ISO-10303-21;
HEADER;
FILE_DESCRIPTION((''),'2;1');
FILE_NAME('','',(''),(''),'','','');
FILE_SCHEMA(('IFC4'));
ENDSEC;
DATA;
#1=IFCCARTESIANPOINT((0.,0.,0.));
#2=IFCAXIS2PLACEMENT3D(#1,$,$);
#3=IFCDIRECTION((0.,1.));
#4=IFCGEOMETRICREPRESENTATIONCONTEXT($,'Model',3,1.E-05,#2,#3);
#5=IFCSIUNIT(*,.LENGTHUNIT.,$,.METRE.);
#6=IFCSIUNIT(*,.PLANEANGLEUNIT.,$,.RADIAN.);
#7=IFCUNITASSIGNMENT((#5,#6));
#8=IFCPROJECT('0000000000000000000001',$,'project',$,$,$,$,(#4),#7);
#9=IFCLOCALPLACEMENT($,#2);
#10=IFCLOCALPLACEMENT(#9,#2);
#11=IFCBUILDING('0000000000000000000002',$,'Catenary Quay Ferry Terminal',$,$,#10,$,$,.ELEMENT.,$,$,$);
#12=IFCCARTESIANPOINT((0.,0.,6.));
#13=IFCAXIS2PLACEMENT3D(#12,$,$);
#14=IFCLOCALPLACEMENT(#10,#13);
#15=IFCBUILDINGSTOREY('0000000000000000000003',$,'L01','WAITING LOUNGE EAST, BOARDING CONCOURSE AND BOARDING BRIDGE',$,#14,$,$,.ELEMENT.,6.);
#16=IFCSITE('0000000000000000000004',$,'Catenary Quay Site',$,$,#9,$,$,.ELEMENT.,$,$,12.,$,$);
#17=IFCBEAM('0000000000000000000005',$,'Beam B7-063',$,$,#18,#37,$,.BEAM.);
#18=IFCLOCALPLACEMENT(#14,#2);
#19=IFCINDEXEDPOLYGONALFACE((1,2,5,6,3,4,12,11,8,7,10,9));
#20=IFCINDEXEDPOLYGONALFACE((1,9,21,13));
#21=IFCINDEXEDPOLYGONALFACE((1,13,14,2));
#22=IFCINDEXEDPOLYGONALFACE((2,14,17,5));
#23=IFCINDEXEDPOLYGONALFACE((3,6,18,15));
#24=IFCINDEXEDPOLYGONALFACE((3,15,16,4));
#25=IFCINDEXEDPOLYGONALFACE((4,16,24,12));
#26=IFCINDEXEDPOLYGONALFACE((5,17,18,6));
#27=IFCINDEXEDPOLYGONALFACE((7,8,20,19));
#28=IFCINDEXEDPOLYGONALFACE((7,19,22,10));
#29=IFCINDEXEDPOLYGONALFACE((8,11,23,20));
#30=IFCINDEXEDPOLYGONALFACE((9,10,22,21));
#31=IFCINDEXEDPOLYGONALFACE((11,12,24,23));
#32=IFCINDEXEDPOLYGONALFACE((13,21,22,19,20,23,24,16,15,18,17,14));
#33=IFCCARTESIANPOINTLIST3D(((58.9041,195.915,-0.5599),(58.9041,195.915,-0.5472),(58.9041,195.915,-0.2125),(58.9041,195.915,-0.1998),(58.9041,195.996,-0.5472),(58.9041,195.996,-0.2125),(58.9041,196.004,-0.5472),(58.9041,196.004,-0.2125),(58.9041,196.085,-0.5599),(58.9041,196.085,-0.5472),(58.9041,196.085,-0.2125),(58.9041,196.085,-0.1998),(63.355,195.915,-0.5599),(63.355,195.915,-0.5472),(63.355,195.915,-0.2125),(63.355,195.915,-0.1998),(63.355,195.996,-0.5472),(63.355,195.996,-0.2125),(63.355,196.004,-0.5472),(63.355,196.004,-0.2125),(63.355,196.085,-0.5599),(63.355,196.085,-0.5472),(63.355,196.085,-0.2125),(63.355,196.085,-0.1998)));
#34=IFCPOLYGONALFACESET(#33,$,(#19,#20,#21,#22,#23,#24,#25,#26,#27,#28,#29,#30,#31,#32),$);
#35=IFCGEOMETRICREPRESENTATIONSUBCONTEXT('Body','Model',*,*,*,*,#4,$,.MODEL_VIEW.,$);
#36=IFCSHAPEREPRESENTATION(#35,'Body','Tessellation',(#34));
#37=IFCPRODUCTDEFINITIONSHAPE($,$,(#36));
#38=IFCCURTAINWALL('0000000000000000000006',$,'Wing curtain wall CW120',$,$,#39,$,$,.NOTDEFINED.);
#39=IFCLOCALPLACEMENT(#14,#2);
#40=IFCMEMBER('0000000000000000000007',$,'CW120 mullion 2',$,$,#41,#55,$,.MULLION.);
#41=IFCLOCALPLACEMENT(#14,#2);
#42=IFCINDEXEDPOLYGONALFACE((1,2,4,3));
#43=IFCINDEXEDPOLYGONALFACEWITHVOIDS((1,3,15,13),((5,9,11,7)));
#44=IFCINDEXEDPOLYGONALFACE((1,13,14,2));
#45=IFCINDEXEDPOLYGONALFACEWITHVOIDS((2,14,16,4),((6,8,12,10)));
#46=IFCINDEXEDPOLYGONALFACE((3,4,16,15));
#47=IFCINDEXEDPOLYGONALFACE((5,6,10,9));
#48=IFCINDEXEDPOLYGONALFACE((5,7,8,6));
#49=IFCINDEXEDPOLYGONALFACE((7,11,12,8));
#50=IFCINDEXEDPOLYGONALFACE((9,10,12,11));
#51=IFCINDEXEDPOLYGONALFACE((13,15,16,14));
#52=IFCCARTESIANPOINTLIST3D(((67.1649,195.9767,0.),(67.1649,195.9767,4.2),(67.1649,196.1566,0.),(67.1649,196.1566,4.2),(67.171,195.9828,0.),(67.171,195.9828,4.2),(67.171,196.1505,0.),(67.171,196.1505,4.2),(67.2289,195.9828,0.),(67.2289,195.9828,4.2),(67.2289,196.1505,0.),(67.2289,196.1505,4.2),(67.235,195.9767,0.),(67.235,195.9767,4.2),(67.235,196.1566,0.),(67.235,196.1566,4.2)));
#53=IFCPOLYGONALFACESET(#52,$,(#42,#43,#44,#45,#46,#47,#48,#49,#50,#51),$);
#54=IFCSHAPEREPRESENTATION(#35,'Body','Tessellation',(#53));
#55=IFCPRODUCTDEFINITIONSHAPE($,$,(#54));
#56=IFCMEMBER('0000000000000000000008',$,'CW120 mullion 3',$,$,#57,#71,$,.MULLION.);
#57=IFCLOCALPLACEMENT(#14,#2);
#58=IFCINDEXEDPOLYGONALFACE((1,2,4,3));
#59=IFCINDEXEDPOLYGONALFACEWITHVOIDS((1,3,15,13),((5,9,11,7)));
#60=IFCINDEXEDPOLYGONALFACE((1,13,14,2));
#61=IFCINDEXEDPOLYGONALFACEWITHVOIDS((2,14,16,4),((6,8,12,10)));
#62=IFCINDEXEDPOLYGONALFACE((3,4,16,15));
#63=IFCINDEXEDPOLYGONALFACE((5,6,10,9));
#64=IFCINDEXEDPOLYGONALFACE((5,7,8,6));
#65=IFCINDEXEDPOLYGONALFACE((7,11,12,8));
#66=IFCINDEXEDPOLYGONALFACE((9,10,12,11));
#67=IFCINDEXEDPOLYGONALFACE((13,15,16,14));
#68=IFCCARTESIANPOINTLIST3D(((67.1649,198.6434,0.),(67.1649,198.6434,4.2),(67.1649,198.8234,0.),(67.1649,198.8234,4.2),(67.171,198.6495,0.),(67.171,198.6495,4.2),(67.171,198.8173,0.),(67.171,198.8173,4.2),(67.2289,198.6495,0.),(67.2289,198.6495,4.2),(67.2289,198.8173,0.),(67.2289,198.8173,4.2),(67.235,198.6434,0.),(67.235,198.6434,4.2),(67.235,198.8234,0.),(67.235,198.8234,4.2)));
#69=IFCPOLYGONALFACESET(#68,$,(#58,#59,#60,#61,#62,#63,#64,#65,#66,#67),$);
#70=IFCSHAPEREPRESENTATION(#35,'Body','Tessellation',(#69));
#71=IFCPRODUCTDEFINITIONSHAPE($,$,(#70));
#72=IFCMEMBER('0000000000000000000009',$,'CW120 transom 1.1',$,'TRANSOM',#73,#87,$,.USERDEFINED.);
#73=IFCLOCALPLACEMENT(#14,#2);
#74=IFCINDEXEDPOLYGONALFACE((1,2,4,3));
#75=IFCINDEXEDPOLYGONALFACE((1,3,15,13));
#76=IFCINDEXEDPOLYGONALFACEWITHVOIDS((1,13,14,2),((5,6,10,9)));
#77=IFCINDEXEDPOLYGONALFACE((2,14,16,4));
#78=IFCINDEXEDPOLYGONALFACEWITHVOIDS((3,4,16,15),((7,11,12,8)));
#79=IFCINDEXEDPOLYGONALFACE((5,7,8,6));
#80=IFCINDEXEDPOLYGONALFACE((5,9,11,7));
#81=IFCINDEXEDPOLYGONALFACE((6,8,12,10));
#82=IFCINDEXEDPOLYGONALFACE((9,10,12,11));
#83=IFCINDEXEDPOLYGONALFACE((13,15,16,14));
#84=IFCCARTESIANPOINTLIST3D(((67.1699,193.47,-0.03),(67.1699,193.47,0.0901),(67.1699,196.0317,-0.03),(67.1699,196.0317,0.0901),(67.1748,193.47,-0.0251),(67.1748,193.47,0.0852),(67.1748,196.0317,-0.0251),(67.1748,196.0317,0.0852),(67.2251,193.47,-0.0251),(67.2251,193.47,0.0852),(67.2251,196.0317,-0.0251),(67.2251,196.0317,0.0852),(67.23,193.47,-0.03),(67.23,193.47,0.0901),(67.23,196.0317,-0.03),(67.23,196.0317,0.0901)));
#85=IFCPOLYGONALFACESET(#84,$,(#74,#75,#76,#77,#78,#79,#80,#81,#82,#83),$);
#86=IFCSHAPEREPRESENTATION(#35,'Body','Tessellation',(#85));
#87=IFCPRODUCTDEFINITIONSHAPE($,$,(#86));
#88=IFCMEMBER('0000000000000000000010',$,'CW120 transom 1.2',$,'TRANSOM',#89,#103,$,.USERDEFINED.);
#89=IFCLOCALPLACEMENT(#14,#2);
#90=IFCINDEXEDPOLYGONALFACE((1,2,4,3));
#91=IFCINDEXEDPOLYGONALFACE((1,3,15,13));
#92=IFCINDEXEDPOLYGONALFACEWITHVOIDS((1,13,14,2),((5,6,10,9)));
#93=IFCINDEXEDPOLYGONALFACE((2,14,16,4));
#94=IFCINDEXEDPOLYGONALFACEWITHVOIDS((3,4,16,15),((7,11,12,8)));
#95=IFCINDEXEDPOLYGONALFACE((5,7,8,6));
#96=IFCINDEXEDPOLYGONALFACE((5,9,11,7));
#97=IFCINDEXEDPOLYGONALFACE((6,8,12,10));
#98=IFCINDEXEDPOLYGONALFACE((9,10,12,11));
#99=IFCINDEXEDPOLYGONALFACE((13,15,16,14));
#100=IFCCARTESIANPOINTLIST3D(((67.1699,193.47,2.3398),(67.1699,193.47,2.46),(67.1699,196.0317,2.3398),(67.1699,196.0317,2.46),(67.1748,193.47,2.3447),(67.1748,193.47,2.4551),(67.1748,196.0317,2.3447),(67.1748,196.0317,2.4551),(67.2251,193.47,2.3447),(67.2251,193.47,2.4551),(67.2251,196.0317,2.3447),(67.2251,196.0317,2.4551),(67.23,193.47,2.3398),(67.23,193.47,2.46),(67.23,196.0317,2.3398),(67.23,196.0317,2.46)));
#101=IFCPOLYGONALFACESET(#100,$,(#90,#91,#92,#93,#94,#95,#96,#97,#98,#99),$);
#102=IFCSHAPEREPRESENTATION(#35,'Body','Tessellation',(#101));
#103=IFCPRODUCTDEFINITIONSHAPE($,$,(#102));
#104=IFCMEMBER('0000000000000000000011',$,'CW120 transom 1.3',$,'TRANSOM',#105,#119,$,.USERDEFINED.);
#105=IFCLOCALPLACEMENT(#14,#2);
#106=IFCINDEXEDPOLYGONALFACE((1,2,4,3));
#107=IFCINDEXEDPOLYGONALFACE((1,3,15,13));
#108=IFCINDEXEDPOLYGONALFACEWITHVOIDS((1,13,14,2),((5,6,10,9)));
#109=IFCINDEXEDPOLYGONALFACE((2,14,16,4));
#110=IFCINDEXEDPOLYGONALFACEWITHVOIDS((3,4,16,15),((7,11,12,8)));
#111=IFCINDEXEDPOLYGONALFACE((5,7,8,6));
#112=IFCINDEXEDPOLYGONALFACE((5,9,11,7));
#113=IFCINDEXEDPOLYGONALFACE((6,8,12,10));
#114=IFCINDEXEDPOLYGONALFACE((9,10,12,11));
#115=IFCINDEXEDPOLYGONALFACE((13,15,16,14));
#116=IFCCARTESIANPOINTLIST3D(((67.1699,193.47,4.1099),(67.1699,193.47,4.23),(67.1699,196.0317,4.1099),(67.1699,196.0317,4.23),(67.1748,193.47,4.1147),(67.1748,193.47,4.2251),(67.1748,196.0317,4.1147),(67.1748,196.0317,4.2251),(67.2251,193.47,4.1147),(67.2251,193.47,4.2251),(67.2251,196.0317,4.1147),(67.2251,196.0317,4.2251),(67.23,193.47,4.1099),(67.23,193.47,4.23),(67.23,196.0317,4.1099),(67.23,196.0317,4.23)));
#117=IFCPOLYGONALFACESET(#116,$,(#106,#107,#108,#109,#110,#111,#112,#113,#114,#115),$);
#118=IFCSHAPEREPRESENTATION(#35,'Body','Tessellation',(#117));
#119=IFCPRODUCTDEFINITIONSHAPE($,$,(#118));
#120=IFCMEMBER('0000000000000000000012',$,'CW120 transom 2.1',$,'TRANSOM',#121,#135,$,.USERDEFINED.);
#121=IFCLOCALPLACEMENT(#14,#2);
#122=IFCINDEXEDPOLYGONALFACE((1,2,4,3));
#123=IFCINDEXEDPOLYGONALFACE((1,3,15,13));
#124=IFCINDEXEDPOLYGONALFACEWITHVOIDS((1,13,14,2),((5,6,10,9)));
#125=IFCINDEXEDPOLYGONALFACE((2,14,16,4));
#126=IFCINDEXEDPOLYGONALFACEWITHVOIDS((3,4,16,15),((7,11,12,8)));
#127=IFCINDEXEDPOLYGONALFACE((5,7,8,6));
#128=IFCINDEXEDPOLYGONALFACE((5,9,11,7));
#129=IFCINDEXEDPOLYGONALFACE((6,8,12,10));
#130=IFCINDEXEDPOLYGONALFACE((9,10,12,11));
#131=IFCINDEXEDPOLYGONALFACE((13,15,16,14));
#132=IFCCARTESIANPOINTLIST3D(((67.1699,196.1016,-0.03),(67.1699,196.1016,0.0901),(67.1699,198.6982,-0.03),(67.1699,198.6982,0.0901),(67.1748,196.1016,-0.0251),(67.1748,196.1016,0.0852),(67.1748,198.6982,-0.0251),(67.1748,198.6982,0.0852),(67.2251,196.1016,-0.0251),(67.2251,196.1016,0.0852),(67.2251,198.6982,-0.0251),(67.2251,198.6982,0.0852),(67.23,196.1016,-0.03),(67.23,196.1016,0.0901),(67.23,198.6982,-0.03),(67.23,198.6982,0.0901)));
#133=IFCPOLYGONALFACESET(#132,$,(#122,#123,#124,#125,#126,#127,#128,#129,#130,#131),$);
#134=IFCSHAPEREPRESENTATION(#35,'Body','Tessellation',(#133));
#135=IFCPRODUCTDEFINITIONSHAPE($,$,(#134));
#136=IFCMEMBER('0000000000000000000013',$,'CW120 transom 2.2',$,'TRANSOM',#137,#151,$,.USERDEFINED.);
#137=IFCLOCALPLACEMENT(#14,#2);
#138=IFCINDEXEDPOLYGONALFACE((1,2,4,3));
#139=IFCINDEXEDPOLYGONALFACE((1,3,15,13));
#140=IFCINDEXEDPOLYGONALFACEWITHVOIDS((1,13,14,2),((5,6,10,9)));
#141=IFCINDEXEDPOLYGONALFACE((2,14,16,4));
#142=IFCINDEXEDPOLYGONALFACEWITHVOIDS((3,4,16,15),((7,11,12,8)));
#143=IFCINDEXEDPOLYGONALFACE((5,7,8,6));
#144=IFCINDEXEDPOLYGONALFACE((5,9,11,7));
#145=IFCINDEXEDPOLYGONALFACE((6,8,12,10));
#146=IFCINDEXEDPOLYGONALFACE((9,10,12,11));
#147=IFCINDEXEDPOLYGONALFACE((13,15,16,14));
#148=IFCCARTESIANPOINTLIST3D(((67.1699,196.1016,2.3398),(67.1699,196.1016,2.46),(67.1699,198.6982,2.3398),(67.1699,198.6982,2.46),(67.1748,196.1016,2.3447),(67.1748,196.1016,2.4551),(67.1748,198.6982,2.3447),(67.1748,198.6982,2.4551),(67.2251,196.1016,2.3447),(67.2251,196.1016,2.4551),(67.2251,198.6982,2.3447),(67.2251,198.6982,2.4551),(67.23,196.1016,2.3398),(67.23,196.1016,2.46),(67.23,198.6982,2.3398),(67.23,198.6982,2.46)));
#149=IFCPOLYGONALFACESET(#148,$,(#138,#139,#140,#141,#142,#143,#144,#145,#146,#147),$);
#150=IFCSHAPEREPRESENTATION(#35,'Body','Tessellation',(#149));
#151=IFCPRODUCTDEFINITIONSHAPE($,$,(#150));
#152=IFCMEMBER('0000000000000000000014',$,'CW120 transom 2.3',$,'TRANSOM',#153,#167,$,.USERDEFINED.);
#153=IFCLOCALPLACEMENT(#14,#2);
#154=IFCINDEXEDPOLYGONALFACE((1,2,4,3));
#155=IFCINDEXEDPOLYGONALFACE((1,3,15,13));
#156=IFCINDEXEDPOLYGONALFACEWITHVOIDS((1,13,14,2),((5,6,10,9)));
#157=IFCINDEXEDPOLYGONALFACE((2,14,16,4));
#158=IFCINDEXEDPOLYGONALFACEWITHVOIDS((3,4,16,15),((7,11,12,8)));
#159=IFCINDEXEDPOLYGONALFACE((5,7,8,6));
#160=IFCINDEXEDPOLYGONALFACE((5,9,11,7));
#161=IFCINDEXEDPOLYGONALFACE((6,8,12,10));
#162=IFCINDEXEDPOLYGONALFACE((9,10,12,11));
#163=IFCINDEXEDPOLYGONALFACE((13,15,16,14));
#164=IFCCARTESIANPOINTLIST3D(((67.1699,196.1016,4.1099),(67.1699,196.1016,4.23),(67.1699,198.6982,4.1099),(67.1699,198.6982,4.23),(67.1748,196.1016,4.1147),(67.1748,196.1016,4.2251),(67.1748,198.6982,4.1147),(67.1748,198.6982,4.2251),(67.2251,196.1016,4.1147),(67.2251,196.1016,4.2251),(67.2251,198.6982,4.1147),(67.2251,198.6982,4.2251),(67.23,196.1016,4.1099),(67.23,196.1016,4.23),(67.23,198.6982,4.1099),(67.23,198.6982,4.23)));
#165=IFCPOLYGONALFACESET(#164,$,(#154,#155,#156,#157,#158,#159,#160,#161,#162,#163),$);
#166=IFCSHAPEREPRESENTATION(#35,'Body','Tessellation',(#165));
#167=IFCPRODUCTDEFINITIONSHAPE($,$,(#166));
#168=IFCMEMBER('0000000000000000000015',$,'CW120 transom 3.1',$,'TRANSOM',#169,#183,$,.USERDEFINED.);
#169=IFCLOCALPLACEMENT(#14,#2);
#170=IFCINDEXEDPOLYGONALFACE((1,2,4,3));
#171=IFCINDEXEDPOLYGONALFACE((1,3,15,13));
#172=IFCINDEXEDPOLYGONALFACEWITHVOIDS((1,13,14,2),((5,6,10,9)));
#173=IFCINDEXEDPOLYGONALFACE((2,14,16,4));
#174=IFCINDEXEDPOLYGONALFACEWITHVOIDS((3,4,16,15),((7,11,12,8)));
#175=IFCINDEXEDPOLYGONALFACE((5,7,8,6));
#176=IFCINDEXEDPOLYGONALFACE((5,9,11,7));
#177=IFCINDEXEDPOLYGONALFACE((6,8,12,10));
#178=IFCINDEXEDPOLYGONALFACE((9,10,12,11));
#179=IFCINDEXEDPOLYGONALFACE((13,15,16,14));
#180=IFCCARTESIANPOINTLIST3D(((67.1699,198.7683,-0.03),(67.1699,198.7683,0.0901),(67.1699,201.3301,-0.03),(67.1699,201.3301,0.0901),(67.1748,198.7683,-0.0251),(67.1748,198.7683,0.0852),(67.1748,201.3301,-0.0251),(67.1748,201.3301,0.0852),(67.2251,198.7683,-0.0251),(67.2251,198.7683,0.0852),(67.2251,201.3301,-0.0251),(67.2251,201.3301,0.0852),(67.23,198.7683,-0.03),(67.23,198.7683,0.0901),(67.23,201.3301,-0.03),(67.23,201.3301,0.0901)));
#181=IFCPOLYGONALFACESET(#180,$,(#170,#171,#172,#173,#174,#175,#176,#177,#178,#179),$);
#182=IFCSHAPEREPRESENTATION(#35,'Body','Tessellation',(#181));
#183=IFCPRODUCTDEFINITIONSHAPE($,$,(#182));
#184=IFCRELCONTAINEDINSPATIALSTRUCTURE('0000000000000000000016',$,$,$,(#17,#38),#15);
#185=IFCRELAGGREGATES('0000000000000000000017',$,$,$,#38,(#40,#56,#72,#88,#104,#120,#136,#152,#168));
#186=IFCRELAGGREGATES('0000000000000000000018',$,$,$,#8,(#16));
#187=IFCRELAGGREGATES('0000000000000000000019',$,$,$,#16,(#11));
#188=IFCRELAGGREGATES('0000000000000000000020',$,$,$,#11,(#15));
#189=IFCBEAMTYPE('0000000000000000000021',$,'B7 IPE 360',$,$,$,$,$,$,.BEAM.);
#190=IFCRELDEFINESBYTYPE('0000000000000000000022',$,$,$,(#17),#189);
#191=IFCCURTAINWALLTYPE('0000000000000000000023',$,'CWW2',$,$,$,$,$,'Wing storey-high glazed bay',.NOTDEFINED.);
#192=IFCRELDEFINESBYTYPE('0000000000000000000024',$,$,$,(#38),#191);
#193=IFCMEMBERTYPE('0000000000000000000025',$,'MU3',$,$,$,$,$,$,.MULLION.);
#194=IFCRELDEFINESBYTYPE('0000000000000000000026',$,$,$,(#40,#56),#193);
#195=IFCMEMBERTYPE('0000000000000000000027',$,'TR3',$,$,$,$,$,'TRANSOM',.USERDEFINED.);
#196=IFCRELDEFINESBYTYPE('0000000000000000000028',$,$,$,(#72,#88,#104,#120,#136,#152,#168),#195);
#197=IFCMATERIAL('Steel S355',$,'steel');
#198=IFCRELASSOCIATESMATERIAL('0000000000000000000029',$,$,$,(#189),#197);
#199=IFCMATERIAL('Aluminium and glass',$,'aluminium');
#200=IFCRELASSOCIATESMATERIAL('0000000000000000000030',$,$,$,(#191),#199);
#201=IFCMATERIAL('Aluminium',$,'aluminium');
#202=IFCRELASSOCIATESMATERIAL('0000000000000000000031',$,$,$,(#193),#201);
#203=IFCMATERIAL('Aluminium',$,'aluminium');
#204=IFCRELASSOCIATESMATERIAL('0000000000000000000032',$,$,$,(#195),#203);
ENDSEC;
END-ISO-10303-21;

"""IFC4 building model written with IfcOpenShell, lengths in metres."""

from ifc_helpers import new_model, si_unit, direction, frame, origin, origin_2d, place, context, subcontext, project, spatial, hollow_rectangle, i_section, extrude, material, material_profile, profile_set, type_object, element, aggregate, save


model = new_model("IFC4")

# Units and contexts
model_context = context("Model", 3, precision=1e-05, world=origin(), true_north=direction((0.0, 1.0)))
body_context = subcontext(model_context, "Body", "Model", "MODEL_VIEW")
ifc_project = project(units=[si_unit("LENGTHUNIT", "METRE"), si_unit("PLANEANGLEUNIT", "RADIAN")], contexts=[model_context])

# Site, building, storey
site_placement = place(None, origin())
site = spatial("IfcSite", under=ifc_project, at=site_placement, Name="Catenary Quay Site", CompositionType="ELEMENT", RefElevation=12.0)
building_placement = place(site_placement, origin())
building = spatial("IfcBuilding", under=site, at=building_placement, Name="Catenary Quay Ferry Terminal", CompositionType="ELEMENT")
storey_placement = place(building_placement, frame((0.0, 0.0, 6.0)))
storey = spatial("IfcBuildingStorey", under=building, at=storey_placement, Name="L01", Description="WAITING LOUNGE EAST, BOARDING CONCOURSE AND BOARDING BRIDGE", CompositionType="ELEMENT", Elevation=6.0)

# Beam
ifc_material_1 = material(Name="Steel S355", Category="steel")
ifc_material_profile_1 = material_profile(ifc_material_1, i_section(OverallWidth=0.1699, OverallDepth=0.3601, WebThickness=0.0081, FlangeThickness=0.0127, at=origin_2d()), Name="IPE 360")
ifc_profile_set_1 = profile_set([ifc_material_profile_1], Name="Steel S355")
beam_type = type_object("IfcBeamType", Name="B7 IPE 360", PredefinedType="BEAM", material=ifc_profile_set_1)
beam_placement = place(storey_placement, frame((58.9041, 196.0, -0.3799), z_axis=(1.0, 0.0, 0.0), x_axis=(0.0, 1.0, 0.0)))
element("IfcBeam", 1, at=beam_placement, inside=storey, type_object=beam_type, Name="Beam B7-063", PredefinedType="BEAM", context=body_context, shape_type="SweptSolid", body=[
    extrude(i_section(OverallWidth=0.1699, OverallDepth=0.3601, WebThickness=0.0081, FlangeThickness=0.0127, at=origin_2d()), origin(), (0.0, 0.0, 1.0), 4.4509),
])

# Curtain wall, members
ifc_material_2 = material(Name="Aluminium and glass", Category="aluminium")
curtain_wall_type = type_object("IfcCurtainWallType", Name="CWW2", ElementType="Wing storey-high glazed bay", PredefinedType="NOTDEFINED", material=ifc_material_2)
curtain_wall_placement = place(storey_placement, origin())
curtain_wall = element("IfcCurtainWall", 2, at=curtain_wall_placement, inside=storey, type_object=curtain_wall_type, Name="Wing curtain wall CW120", PredefinedType="NOTDEFINED")
ifc_material_3 = material(Name="Aluminium", Category="aluminium")
ifc_material_profile_2 = material_profile(ifc_material_3, hollow_rectangle(XDim=0.0701, YDim=0.1799, WallThickness=0.0061, at=origin_2d()), Name="MU3")
ifc_profile_set_2 = profile_set([ifc_material_profile_2], Name="Aluminium")
member_type_1 = type_object("IfcMemberType", Name="MU3", PredefinedType="MULLION", material=ifc_profile_set_2)
member_1_placement = place(storey_placement, frame((67.2, 196.0667, 0.0), z_axis=(0.0, 0.0, 1.0), x_axis=(-1.0, 0.0, 0.0)))
member_1 = element("IfcMember", 3, at=member_1_placement, type_object=member_type_1, Name="CW120 mullion 2", PredefinedType="MULLION", context=body_context, shape_type="SweptSolid", body=[
    extrude(hollow_rectangle(XDim=0.0701, YDim=0.1799, WallThickness=0.0061, at=origin_2d()), origin(), (0.0, 0.0, 1.0), 4.2),
])
member_2_placement = place(storey_placement, frame((67.2, 198.7334, 0.0), z_axis=(0.0, 0.0, 1.0), x_axis=(-1.0, 0.0, 0.0)))
member_2 = element("IfcMember", 4, at=member_2_placement, type_object=member_type_1, Name="CW120 mullion 3", PredefinedType="MULLION", context=body_context, shape_type="SweptSolid", body=[
    extrude(hollow_rectangle(XDim=0.0701, YDim=0.1799, WallThickness=0.0061, at=origin_2d()), origin(), (0.0, 0.0, 1.0), 4.2),
])
ifc_material_4 = material(Name="Aluminium", Category="aluminium")
ifc_material_profile_3 = material_profile(ifc_material_4, hollow_rectangle(XDim=0.0601, YDim=0.1201, WallThickness=0.0049, at=origin_2d()), Name="TR3")
ifc_profile_set_3 = profile_set([ifc_material_profile_3], Name="Aluminium")
member_type_2 = type_object("IfcMemberType", Name="TR3", ElementType="TRANSOM", PredefinedType="USERDEFINED", material=ifc_profile_set_3)
member_3_placement = place(storey_placement, frame((67.2, 193.47, 0.03), z_axis=(0.0, 1.0, 0.0), x_axis=(-1.0, 0.0, 0.0)))
member_3 = element("IfcMember", 5, at=member_3_placement, type_object=member_type_2, Name="CW120 transom 1.1", ObjectType="TRANSOM", PredefinedType="USERDEFINED", context=body_context, shape_type="SweptSolid", body=[
    extrude(hollow_rectangle(XDim=0.0601, YDim=0.1201, WallThickness=0.0049, at=origin_2d()), origin(), (0.0, 0.0, 1.0), 2.5618),
])
member_4_placement = place(storey_placement, frame((67.2, 193.47, 2.3999), z_axis=(0.0, 1.0, 0.0), x_axis=(-1.0, 0.0, 0.0)))
member_4 = element("IfcMember", 6, at=member_4_placement, type_object=member_type_2, Name="CW120 transom 1.2", ObjectType="TRANSOM", PredefinedType="USERDEFINED", context=body_context, shape_type="SweptSolid", body=[
    extrude(hollow_rectangle(XDim=0.0601, YDim=0.1201, WallThickness=0.0049, at=origin_2d()), origin(), (0.0, 0.0, 1.0), 2.5618),
])
member_5_placement = place(storey_placement, frame((67.2, 193.47, 4.1699), z_axis=(0.0, 1.0, 0.0), x_axis=(-1.0, 0.0, 0.0)))
member_5 = element("IfcMember", 7, at=member_5_placement, type_object=member_type_2, Name="CW120 transom 1.3", ObjectType="TRANSOM", PredefinedType="USERDEFINED", context=body_context, shape_type="SweptSolid", body=[
    extrude(hollow_rectangle(XDim=0.0601, YDim=0.1201, WallThickness=0.0049, at=origin_2d()), origin(), (0.0, 0.0, 1.0), 2.5618),
])
member_6_placement = place(storey_placement, frame((67.2, 196.1016, 0.03), z_axis=(0.0, 1.0, 0.0), x_axis=(-1.0, 0.0, 0.0)))
member_6 = element("IfcMember", 8, at=member_6_placement, type_object=member_type_2, Name="CW120 transom 2.1", ObjectType="TRANSOM", PredefinedType="USERDEFINED", context=body_context, shape_type="SweptSolid", body=[
    extrude(hollow_rectangle(XDim=0.0601, YDim=0.1201, WallThickness=0.0049, at=origin_2d()), origin(), (0.0, 0.0, 1.0), 2.5967),
])
member_7_placement = place(storey_placement, frame((67.2, 196.1016, 2.3999), z_axis=(0.0, 1.0, 0.0), x_axis=(-1.0, 0.0, 0.0)))
member_7 = element("IfcMember", 9, at=member_7_placement, type_object=member_type_2, Name="CW120 transom 2.2", ObjectType="TRANSOM", PredefinedType="USERDEFINED", context=body_context, shape_type="SweptSolid", body=[
    extrude(hollow_rectangle(XDim=0.0601, YDim=0.1201, WallThickness=0.0049, at=origin_2d()), origin(), (0.0, 0.0, 1.0), 2.5967),
])
member_8_placement = place(storey_placement, frame((67.2, 196.1016, 4.1699), z_axis=(0.0, 1.0, 0.0), x_axis=(-1.0, 0.0, 0.0)))
member_8 = element("IfcMember", 10, at=member_8_placement, type_object=member_type_2, Name="CW120 transom 2.3", ObjectType="TRANSOM", PredefinedType="USERDEFINED", context=body_context, shape_type="SweptSolid", body=[
    extrude(hollow_rectangle(XDim=0.0601, YDim=0.1201, WallThickness=0.0049, at=origin_2d()), origin(), (0.0, 0.0, 1.0), 2.5967),
])
member_9_placement = place(storey_placement, frame((67.2, 198.7683, 0.03), z_axis=(0.0, 1.0, 0.0), x_axis=(-1.0, 0.0, 0.0)))
member_9 = element("IfcMember", 11, at=member_9_placement, type_object=member_type_2, Name="CW120 transom 3.1", ObjectType="TRANSOM", PredefinedType="USERDEFINED", context=body_context, shape_type="SweptSolid", body=[
    extrude(hollow_rectangle(XDim=0.0601, YDim=0.1201, WallThickness=0.0049, at=origin_2d()), origin(), (0.0, 0.0, 1.0), 2.5618),
])
aggregate(curtain_wall, [member_1, member_2, member_3, member_4, member_5, member_6, member_7, member_8, member_9])

save(model, "model.ifc")
